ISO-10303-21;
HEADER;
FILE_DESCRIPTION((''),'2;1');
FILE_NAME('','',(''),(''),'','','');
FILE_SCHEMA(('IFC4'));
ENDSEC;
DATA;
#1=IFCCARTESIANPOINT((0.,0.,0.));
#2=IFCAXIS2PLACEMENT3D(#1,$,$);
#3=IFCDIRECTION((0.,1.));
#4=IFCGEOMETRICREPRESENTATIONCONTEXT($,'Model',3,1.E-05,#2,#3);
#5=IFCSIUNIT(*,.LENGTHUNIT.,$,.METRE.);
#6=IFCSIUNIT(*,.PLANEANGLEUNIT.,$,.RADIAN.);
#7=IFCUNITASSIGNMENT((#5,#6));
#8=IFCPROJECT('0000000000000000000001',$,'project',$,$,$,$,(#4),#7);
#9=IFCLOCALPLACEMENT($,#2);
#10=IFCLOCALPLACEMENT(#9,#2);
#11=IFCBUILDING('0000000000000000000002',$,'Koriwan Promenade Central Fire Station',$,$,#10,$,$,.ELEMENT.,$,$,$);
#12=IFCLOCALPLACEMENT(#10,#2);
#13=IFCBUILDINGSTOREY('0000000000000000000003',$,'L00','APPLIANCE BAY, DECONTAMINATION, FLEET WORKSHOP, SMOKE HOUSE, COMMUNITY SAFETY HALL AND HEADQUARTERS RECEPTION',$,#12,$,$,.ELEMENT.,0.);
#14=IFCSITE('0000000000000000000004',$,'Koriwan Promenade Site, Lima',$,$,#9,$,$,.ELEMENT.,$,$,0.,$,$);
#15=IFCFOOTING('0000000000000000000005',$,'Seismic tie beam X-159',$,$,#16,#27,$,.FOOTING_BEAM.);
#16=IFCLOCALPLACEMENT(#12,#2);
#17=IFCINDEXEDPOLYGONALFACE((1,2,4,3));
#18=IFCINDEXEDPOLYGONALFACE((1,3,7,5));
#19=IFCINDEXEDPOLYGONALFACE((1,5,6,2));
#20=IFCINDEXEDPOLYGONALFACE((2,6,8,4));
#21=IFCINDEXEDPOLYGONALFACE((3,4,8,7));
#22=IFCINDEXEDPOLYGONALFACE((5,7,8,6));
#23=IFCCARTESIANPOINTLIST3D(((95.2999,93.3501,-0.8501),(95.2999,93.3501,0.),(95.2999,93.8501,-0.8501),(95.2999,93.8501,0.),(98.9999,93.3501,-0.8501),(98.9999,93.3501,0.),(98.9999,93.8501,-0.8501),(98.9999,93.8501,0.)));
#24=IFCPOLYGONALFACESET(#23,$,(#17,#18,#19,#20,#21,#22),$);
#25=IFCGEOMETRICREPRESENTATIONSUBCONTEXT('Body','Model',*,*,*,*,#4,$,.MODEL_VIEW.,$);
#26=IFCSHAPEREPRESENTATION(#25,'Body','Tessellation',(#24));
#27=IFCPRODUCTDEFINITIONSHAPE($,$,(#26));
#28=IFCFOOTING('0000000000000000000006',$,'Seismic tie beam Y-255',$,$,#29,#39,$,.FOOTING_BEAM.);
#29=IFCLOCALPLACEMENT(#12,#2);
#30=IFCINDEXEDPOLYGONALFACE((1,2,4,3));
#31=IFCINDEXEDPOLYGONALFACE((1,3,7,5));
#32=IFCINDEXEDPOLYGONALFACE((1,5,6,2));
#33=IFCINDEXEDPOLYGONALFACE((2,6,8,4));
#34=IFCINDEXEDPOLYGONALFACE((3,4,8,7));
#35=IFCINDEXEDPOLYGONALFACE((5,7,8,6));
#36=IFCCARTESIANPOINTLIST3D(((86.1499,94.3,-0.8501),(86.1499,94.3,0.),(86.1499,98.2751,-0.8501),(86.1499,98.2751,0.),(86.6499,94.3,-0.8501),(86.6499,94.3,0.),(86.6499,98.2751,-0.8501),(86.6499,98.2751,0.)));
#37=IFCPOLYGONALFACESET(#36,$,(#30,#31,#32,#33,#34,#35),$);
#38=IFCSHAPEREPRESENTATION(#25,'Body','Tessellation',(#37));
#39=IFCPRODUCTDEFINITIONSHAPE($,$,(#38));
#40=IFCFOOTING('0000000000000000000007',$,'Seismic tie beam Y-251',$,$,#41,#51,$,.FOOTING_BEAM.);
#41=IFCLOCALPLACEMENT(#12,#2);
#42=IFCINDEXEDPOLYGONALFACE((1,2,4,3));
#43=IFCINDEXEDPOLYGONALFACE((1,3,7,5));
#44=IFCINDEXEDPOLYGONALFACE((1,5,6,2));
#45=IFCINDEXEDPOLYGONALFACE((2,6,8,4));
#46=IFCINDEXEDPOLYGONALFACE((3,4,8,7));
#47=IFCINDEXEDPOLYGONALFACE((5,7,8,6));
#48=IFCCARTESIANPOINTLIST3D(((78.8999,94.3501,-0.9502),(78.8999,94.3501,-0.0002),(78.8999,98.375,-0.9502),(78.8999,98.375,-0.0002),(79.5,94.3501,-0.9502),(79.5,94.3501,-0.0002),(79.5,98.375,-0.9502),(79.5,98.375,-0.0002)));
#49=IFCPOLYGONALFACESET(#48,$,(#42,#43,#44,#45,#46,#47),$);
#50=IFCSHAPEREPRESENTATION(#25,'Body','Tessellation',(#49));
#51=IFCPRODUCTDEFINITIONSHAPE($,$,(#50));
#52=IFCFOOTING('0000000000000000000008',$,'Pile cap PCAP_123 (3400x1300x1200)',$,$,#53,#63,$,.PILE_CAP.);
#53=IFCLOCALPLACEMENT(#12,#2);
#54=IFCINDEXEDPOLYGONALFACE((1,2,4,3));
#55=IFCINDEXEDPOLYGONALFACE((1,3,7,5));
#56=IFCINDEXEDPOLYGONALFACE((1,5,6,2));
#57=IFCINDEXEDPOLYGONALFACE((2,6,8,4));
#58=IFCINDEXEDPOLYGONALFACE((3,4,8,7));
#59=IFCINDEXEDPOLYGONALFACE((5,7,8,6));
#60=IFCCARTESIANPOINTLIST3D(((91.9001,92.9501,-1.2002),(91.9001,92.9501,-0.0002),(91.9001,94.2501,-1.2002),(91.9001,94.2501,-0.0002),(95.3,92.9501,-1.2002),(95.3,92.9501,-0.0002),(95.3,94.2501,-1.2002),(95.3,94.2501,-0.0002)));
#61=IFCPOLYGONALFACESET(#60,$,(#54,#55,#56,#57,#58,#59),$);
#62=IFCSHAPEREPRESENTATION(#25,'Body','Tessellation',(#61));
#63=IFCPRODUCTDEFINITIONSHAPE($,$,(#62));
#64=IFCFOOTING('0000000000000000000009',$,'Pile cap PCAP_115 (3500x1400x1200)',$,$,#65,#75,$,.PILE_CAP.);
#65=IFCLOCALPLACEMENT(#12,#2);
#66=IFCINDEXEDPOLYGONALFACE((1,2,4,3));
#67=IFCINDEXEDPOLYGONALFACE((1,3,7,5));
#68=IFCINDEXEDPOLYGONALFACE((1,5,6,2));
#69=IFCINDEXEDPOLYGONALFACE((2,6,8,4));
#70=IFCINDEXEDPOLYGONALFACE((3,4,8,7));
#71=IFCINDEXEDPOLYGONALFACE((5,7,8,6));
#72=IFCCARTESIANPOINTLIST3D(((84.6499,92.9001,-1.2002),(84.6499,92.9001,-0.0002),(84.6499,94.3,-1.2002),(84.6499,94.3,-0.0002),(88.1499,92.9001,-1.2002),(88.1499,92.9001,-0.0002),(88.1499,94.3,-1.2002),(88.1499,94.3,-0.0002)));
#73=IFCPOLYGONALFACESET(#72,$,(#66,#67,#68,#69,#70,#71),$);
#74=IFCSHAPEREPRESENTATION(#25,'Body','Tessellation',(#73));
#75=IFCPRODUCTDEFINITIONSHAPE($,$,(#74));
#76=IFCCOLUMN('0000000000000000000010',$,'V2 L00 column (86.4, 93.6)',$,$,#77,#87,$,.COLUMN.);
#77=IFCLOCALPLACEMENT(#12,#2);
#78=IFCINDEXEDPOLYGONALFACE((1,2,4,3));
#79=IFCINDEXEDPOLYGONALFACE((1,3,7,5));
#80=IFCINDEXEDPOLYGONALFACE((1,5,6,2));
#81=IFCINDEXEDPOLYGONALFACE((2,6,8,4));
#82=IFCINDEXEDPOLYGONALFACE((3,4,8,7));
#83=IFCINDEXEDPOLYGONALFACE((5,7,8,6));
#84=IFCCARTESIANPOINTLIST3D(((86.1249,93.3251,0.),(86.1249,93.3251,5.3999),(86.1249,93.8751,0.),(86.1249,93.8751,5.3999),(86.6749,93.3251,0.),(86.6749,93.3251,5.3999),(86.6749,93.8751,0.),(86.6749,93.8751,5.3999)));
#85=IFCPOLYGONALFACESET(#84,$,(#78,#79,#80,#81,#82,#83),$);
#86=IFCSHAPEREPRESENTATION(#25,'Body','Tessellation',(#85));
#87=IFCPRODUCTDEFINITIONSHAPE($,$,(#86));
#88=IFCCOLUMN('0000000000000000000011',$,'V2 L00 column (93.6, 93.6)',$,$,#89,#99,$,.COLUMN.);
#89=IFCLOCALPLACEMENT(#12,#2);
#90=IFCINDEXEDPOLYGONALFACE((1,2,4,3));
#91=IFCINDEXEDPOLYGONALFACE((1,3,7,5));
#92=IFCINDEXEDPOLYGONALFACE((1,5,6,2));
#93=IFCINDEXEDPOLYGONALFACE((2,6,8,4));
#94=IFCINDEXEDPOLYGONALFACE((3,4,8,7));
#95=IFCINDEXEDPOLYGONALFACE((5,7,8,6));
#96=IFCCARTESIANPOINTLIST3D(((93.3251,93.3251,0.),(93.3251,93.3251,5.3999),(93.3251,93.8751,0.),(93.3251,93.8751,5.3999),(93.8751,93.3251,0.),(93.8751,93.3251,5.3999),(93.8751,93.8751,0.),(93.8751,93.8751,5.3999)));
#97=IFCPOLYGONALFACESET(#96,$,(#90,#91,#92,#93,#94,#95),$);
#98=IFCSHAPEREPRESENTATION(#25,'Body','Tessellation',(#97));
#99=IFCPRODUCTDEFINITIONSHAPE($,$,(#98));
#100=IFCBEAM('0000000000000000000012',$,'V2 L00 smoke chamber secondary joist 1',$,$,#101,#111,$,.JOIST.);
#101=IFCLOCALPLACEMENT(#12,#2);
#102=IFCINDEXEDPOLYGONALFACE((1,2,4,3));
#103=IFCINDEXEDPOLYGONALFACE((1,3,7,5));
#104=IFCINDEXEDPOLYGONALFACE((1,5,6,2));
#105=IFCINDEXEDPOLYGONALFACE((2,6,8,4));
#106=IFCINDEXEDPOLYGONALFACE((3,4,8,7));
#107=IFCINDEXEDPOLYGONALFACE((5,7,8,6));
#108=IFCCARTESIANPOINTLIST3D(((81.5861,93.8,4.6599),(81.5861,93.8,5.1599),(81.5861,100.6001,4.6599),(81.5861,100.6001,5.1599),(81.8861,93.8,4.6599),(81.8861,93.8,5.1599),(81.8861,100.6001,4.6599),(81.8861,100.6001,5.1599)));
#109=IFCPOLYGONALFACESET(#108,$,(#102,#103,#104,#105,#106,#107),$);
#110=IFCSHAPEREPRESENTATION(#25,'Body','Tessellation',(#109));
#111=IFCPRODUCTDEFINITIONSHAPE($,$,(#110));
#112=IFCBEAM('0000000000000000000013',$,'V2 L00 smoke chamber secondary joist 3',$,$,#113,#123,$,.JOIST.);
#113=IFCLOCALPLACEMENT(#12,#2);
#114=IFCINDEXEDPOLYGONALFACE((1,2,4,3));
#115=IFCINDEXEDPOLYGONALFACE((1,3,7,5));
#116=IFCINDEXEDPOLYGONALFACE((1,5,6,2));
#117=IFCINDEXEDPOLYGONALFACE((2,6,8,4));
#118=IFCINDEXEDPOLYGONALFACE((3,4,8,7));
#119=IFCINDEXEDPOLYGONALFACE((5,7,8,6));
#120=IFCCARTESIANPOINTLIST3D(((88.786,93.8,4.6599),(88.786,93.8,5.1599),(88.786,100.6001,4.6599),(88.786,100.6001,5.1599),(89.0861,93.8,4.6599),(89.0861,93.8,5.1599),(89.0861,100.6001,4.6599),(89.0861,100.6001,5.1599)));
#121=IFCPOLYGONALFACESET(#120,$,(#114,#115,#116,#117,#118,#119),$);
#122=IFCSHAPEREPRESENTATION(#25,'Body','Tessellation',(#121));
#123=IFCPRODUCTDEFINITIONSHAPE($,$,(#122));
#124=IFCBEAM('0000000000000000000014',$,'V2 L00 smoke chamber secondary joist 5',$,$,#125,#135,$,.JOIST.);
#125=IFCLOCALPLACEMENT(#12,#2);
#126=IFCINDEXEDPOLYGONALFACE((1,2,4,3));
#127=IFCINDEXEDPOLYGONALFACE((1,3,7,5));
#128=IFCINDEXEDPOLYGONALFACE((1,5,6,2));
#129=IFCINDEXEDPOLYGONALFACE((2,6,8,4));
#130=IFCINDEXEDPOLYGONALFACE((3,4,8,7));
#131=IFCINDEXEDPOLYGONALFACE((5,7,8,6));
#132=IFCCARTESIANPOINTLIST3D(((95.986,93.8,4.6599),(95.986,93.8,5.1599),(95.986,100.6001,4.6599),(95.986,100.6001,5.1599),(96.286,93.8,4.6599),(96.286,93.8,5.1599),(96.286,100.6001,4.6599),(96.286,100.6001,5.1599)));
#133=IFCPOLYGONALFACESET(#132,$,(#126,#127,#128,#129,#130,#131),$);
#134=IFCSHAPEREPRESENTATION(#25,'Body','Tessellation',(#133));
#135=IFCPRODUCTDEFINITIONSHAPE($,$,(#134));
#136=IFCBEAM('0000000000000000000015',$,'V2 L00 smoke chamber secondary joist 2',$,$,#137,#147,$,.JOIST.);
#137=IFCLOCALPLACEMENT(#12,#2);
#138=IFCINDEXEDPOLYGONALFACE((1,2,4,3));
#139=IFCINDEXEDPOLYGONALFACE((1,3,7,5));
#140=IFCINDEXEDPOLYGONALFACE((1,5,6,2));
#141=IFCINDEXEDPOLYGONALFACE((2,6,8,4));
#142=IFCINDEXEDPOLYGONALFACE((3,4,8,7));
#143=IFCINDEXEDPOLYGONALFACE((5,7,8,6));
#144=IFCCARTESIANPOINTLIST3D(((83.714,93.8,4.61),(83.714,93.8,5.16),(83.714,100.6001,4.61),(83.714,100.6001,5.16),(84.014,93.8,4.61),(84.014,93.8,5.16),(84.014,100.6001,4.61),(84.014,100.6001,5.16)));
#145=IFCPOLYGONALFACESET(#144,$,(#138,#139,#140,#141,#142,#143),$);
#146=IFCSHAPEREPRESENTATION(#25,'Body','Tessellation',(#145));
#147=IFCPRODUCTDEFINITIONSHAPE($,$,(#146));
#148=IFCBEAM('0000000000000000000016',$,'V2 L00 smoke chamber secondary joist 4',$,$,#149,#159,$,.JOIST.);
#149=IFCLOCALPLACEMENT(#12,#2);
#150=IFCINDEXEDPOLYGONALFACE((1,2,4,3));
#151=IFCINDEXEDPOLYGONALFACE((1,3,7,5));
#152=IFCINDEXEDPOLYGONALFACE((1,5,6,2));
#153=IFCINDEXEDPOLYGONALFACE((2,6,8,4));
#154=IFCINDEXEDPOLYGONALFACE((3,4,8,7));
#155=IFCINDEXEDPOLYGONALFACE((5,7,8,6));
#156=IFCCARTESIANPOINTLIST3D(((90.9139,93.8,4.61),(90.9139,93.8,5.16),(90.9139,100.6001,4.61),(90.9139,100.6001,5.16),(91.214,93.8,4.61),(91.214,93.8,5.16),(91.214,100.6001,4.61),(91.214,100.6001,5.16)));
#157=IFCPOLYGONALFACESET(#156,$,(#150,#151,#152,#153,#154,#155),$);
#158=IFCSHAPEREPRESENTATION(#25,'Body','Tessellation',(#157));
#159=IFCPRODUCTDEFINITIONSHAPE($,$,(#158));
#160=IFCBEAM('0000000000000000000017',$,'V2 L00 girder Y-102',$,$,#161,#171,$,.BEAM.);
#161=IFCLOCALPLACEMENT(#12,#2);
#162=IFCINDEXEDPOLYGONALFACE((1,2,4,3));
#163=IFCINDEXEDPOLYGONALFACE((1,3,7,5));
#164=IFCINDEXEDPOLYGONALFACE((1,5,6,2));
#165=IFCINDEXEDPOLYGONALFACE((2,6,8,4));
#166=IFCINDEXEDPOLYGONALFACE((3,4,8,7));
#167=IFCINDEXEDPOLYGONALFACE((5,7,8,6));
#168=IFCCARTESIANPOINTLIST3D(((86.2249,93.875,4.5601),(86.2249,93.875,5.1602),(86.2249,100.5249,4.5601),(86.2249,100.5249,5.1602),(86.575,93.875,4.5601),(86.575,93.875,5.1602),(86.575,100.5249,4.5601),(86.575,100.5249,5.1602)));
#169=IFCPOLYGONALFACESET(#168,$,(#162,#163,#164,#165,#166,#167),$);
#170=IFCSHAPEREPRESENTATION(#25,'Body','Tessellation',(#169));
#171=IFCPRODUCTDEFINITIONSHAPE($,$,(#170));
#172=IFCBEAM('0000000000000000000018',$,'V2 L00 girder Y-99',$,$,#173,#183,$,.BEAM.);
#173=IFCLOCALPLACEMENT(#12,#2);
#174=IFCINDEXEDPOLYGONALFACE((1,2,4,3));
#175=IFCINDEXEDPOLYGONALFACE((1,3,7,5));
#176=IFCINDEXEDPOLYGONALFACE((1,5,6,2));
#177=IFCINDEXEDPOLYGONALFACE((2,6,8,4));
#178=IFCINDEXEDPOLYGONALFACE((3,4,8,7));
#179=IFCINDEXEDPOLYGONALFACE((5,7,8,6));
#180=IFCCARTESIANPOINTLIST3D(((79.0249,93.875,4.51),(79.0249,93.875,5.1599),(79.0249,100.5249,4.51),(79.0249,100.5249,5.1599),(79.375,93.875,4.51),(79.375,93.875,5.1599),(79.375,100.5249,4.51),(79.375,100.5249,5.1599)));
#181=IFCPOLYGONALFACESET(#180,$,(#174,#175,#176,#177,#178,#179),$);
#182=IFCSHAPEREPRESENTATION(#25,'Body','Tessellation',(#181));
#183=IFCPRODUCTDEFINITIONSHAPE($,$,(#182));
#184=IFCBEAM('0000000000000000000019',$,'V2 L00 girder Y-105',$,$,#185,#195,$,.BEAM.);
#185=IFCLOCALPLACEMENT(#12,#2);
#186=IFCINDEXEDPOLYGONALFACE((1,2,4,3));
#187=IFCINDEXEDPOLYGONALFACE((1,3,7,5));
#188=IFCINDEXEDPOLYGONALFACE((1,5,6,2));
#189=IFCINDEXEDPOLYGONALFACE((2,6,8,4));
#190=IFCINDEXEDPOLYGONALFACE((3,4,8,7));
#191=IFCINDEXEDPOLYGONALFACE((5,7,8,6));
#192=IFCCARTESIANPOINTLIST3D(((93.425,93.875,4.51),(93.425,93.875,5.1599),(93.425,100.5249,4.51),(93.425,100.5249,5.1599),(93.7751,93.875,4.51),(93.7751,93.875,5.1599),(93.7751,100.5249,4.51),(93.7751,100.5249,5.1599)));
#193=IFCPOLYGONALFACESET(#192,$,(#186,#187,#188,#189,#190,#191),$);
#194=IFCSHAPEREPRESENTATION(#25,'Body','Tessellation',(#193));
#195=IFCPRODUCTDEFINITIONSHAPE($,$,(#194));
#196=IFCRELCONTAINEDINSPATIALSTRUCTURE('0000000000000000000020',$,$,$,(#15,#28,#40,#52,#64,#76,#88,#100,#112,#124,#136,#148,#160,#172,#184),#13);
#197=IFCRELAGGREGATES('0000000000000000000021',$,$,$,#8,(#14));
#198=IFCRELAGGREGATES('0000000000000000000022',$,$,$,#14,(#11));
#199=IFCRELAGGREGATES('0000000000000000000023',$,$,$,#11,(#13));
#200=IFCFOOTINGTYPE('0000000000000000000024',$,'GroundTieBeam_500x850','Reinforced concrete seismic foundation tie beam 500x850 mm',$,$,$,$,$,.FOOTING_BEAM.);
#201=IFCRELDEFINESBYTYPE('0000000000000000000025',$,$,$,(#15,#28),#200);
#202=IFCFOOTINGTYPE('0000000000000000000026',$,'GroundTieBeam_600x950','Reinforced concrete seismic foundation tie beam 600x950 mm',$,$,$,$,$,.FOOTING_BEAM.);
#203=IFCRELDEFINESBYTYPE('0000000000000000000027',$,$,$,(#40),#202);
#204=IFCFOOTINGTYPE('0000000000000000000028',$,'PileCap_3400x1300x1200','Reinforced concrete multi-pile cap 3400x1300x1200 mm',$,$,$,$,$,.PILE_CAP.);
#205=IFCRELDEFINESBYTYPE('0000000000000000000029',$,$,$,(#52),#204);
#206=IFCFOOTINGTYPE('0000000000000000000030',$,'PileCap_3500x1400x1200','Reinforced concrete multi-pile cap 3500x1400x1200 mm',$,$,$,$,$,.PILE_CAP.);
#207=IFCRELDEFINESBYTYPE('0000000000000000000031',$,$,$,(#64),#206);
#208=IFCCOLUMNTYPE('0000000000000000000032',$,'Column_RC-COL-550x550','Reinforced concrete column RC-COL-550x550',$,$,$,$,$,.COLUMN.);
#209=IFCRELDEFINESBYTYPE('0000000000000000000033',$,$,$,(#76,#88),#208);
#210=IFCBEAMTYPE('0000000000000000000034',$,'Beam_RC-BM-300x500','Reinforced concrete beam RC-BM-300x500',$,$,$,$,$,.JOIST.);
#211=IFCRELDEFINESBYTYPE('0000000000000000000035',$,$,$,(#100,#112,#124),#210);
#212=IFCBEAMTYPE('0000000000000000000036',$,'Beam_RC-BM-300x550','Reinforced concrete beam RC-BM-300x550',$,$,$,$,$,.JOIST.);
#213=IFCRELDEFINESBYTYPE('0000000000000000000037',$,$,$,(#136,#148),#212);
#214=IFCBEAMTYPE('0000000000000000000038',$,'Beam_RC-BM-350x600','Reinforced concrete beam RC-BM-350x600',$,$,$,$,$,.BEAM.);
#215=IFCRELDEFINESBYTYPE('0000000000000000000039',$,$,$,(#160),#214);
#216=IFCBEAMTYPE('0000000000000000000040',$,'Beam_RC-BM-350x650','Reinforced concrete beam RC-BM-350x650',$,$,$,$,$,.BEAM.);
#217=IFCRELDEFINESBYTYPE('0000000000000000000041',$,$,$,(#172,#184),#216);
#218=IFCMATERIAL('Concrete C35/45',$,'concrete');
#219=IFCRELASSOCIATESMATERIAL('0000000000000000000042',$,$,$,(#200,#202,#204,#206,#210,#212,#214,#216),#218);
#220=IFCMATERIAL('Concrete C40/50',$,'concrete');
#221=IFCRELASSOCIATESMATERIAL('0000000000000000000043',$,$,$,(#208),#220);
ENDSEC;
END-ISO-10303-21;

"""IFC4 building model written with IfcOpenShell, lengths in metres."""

from ifc_helpers import new_model, si_unit, direction, frame, origin, origin_2d, place, context, subcontext, project, spatial, rectangle, extrude, material, material_profile, profile_set, type_object, element, save


model = new_model("IFC4")

# Units and contexts
model_context = context("Model", 3, precision=1e-05, world=origin(), true_north=direction((0.0, 1.0)))
body_context = subcontext(model_context, "Body", "Model", "MODEL_VIEW")
ifc_project = project(units=[si_unit("LENGTHUNIT", "METRE"), si_unit("PLANEANGLEUNIT", "RADIAN")], contexts=[model_context])

# Site, building, storey
site_placement = place(None, origin())
site = spatial("IfcSite", under=ifc_project, at=site_placement, Name="Koriwan Promenade Site, Lima", CompositionType="ELEMENT", RefElevation=0.0)
building_placement = place(site_placement, origin())
building = spatial("IfcBuilding", under=site, at=building_placement, Name="Koriwan Promenade Central Fire Station", CompositionType="ELEMENT")
storey_placement = place(building_placement, origin())
storey = spatial("IfcBuildingStorey", under=building, at=storey_placement, Name="L00", Description="APPLIANCE BAY, DECONTAMINATION, FLEET WORKSHOP, SMOKE HOUSE, COMMUNITY SAFETY HALL AND HEADQUARTERS RECEPTION", CompositionType="ELEMENT", Elevation=0.0)

# Shared definitions
ifc_material_1 = material(Name="Concrete C35/45", Category="concrete")

# Footings
footing_type_1 = type_object("IfcFootingType", Name="GroundTieBeam_500x850", Description="Reinforced concrete seismic foundation tie beam 500x850 mm", PredefinedType="FOOTING_BEAM", material=ifc_material_1)
footing_1_placement = place(storey_placement, frame((97.1499, 93.6001, -0.8501), z_axis=(0.0, 0.0, 1.0), x_axis=(1.0, 0.0, 0.0)))
element("IfcFooting", 1, at=footing_1_placement, inside=storey, type_object=footing_type_1, Name="Seismic tie beam X-159", PredefinedType="FOOTING_BEAM", context=body_context, shape_type="SweptSolid", body=[
    extrude(rectangle(XDim=3.7, YDim=0.5, at=origin_2d()), origin(), (0.0, 0.0, 1.0), 0.8501),
])
footing_2_placement = place(storey_placement, frame((86.3999, 96.2876, -0.8501), z_axis=(0.0, 0.0, 1.0), x_axis=(0.0, 1.0, 0.0)))
element("IfcFooting", 2, at=footing_2_placement, inside=storey, type_object=footing_type_1, Name="Seismic tie beam Y-255", PredefinedType="FOOTING_BEAM", context=body_context, shape_type="SweptSolid", body=[
    extrude(rectangle(XDim=3.9751, YDim=0.5, at=origin_2d()), origin(), (0.0, 0.0, 1.0), 0.8501),
])
footing_type_2 = type_object("IfcFootingType", Name="GroundTieBeam_600x950", Description="Reinforced concrete seismic foundation tie beam 600x950 mm", PredefinedType="FOOTING_BEAM", material=ifc_material_1)
footing_3_placement = place(storey_placement, frame((79.2, 96.3625, -0.9502), z_axis=(0.0, 0.0, 1.0), x_axis=(0.0, 1.0, 0.0)))
element("IfcFooting", 3, at=footing_3_placement, inside=storey, type_object=footing_type_2, Name="Seismic tie beam Y-251", PredefinedType="FOOTING_BEAM", context=body_context, shape_type="SweptSolid", body=[
    extrude(rectangle(XDim=4.0249, YDim=0.6001, at=origin_2d()), origin(), (0.0, 0.0, 1.0), 0.95),
])
footing_type_3 = type_object("IfcFootingType", Name="PileCap_3400x1300x1200", Description="Reinforced concrete multi-pile cap 3400x1300x1200 mm", PredefinedType="PILE_CAP", material=ifc_material_1)
footing_4_placement = place(storey_placement, frame((93.6001, 93.6001, -1.2002), z_axis=(0.0, 0.0, 1.0), x_axis=(1.0, 0.0, 0.0)))
element("IfcFooting", 4, at=footing_4_placement, inside=storey, type_object=footing_type_3, Name="Pile cap PCAP_123 (3400x1300x1200)", PredefinedType="PILE_CAP", context=body_context, shape_type="SweptSolid", body=[
    extrude(rectangle(XDim=3.3999, YDim=1.3, at=origin_2d()), origin(), (0.0, 0.0, 1.0), 1.2),
])
footing_type_4 = type_object("IfcFootingType", Name="PileCap_3500x1400x1200", Description="Reinforced concrete multi-pile cap 3500x1400x1200 mm", PredefinedType="PILE_CAP", material=ifc_material_1)
footing_5_placement = place(storey_placement, frame((86.3999, 93.6001, -1.2002), z_axis=(0.0, 0.0, 1.0), x_axis=(1.0, 0.0, 0.0)))
element("IfcFooting", 5, at=footing_5_placement, inside=storey, type_object=footing_type_4, Name="Pile cap PCAP_115 (3500x1400x1200)", PredefinedType="PILE_CAP", context=body_context, shape_type="SweptSolid", body=[
    extrude(rectangle(XDim=3.5, YDim=1.3999, at=origin_2d()), origin(), (0.0, 0.0, 1.0), 1.2),
])

# Columns
ifc_material_2 = material(Name="Concrete C40/50", Category="concrete")
ifc_material_profile_1 = material_profile(ifc_material_2, rectangle(XDim=0.55, YDim=0.55, at=origin_2d()), Name="RC-COL-550x550")
ifc_profile_set_1 = profile_set([ifc_material_profile_1], Name="Concrete C40/50")
column_type = type_object("IfcColumnType", Name="Column_RC-COL-550x550", Description="Reinforced concrete column RC-COL-550x550", PredefinedType="COLUMN", material=ifc_profile_set_1)
for number, where, z_axis, x_axis, name in (
    (6, (86.3999, 93.6001, 0.0), (0.0, 0.0, 1.0), (1.0, 0.0, 0.0), "V2 L00 column (86.4, 93.6)"),
    (7, (93.6001, 93.6001, 0.0), (0.0, 0.0, 1.0), (1.0, 0.0, 0.0), "V2 L00 column (93.6, 93.6)"),
):
    element("IfcColumn", number, at=place(storey_placement, frame(where, z_axis=z_axis, x_axis=x_axis)), inside=storey, type_object=column_type, Name=name, PredefinedType="COLUMN", context=body_context, shape_type="SweptSolid", body=[
        extrude(rectangle(XDim=0.55, YDim=0.55, at=origin_2d()), origin(), (0.0, 0.0, 1.0), 5.3999),
    ])

# Beams
ifc_material_profile_2 = material_profile(ifc_material_1, rectangle(XDim=0.3, YDim=0.5, at=origin_2d()), Name="RC-BM-300x500")
ifc_profile_set_2 = profile_set([ifc_material_profile_2], Name="Concrete C35/45")
beam_type_1 = type_object("IfcBeamType", Name="Beam_RC-BM-300x500", Description="Reinforced concrete beam RC-BM-300x500", PredefinedType="JOIST", material=ifc_profile_set_2)
for number, where, z_axis, x_axis, name in (
    (8, (81.7361, 93.8, 4.9099), (0.0, 1.0, 0.0), (-1.0, 0.0, 0.0), "V2 L00 smoke chamber secondary joist 1"),
    (9, (88.936, 93.8, 4.9099), (0.0, 1.0, 0.0), (-1.0, 0.0, 0.0), "V2 L00 smoke chamber secondary joist 3"),
    (10, (96.136, 93.8, 4.9099), (0.0, 1.0, 0.0), (-1.0, 0.0, 0.0), "V2 L00 smoke chamber secondary joist 5"),
):
    element("IfcBeam", number, at=place(storey_placement, frame(where, z_axis=z_axis, x_axis=x_axis)), inside=storey, type_object=beam_type_1, Name=name, PredefinedType="JOIST", context=body_context, shape_type="SweptSolid", body=[
        extrude(rectangle(XDim=0.3, YDim=0.5, at=origin_2d()), origin(), (0.0, 0.0, 1.0), 6.8),
    ])
ifc_material_profile_3 = material_profile(ifc_material_1, rectangle(XDim=0.3, YDim=0.55, at=origin_2d()), Name="RC-BM-300x550")
ifc_profile_set_3 = profile_set([ifc_material_profile_3], Name="Concrete C35/45")
beam_type_2 = type_object("IfcBeamType", Name="Beam_RC-BM-300x550", Description="Reinforced concrete beam RC-BM-300x550", PredefinedType="JOIST", material=ifc_profile_set_3)
for number, where, z_axis, x_axis, name in (
    (11, (83.864, 93.8, 4.885), (0.0, 1.0, 0.0), (-1.0, 0.0, 0.0), "V2 L00 smoke chamber secondary joist 2"),
    (12, (91.064, 93.8, 4.885), (0.0, 1.0, 0.0), (-1.0, 0.0, 0.0), "V2 L00 smoke chamber secondary joist 4"),
):
    element("IfcBeam", number, at=place(storey_placement, frame(where, z_axis=z_axis, x_axis=x_axis)), inside=storey, type_object=beam_type_2, Name=name, PredefinedType="JOIST", context=body_context, shape_type="SweptSolid", body=[
        extrude(rectangle(XDim=0.3, YDim=0.55, at=origin_2d()), origin(), (0.0, 0.0, 1.0), 6.8),
    ])
ifc_material_profile_4 = material_profile(ifc_material_1, rectangle(XDim=0.3501, YDim=0.6001, at=origin_2d()), Name="RC-BM-350x600")
ifc_profile_set_4 = profile_set([ifc_material_profile_4], Name="Concrete C35/45")
beam_type_3 = type_object("IfcBeamType", Name="Beam_RC-BM-350x600", Description="Reinforced concrete beam RC-BM-350x600", PredefinedType="BEAM", material=ifc_profile_set_4)
beam_1_placement = place(storey_placement, frame((86.3999, 93.875, 4.8601), z_axis=(0.0, 1.0, 0.0), x_axis=(-1.0, 0.0, 0.0)))
element("IfcBeam", 13, at=beam_1_placement, inside=storey, type_object=beam_type_3, Name="V2 L00 girder Y-102", PredefinedType="BEAM", context=body_context, shape_type="SweptSolid", body=[
    extrude(rectangle(XDim=0.3501, YDim=0.6001, at=origin_2d()), origin(), (0.0, 0.0, 1.0), 6.6499),
])
ifc_material_profile_5 = material_profile(ifc_material_1, rectangle(XDim=0.3501, YDim=0.6499, at=origin_2d()), Name="RC-BM-350x650")
ifc_profile_set_5 = profile_set([ifc_material_profile_5], Name="Concrete C35/45")
beam_type_4 = type_object("IfcBeamType", Name="Beam_RC-BM-350x650", Description="Reinforced concrete beam RC-BM-350x650", PredefinedType="BEAM", material=ifc_profile_set_5)
for number, where, z_axis, x_axis, name in (
    (14, (79.2, 93.875, 4.835), (0.0, 1.0, 0.0), (-1.0, 0.0, 0.0), "V2 L00 girder Y-99"),
    (15, (93.6001, 93.875, 4.835), (0.0, 1.0, 0.0), (-1.0, 0.0, 0.0), "V2 L00 girder Y-105"),
):
    element("IfcBeam", number, at=place(storey_placement, frame(where, z_axis=z_axis, x_axis=x_axis)), inside=storey, type_object=beam_type_4, Name=name, PredefinedType="BEAM", context=body_context, shape_type="SweptSolid", body=[
        extrude(rectangle(XDim=0.3501, YDim=0.6499, at=origin_2d()), origin(), (0.0, 0.0, 1.0), 6.6499),
    ])

save(model, "model.ifc")
